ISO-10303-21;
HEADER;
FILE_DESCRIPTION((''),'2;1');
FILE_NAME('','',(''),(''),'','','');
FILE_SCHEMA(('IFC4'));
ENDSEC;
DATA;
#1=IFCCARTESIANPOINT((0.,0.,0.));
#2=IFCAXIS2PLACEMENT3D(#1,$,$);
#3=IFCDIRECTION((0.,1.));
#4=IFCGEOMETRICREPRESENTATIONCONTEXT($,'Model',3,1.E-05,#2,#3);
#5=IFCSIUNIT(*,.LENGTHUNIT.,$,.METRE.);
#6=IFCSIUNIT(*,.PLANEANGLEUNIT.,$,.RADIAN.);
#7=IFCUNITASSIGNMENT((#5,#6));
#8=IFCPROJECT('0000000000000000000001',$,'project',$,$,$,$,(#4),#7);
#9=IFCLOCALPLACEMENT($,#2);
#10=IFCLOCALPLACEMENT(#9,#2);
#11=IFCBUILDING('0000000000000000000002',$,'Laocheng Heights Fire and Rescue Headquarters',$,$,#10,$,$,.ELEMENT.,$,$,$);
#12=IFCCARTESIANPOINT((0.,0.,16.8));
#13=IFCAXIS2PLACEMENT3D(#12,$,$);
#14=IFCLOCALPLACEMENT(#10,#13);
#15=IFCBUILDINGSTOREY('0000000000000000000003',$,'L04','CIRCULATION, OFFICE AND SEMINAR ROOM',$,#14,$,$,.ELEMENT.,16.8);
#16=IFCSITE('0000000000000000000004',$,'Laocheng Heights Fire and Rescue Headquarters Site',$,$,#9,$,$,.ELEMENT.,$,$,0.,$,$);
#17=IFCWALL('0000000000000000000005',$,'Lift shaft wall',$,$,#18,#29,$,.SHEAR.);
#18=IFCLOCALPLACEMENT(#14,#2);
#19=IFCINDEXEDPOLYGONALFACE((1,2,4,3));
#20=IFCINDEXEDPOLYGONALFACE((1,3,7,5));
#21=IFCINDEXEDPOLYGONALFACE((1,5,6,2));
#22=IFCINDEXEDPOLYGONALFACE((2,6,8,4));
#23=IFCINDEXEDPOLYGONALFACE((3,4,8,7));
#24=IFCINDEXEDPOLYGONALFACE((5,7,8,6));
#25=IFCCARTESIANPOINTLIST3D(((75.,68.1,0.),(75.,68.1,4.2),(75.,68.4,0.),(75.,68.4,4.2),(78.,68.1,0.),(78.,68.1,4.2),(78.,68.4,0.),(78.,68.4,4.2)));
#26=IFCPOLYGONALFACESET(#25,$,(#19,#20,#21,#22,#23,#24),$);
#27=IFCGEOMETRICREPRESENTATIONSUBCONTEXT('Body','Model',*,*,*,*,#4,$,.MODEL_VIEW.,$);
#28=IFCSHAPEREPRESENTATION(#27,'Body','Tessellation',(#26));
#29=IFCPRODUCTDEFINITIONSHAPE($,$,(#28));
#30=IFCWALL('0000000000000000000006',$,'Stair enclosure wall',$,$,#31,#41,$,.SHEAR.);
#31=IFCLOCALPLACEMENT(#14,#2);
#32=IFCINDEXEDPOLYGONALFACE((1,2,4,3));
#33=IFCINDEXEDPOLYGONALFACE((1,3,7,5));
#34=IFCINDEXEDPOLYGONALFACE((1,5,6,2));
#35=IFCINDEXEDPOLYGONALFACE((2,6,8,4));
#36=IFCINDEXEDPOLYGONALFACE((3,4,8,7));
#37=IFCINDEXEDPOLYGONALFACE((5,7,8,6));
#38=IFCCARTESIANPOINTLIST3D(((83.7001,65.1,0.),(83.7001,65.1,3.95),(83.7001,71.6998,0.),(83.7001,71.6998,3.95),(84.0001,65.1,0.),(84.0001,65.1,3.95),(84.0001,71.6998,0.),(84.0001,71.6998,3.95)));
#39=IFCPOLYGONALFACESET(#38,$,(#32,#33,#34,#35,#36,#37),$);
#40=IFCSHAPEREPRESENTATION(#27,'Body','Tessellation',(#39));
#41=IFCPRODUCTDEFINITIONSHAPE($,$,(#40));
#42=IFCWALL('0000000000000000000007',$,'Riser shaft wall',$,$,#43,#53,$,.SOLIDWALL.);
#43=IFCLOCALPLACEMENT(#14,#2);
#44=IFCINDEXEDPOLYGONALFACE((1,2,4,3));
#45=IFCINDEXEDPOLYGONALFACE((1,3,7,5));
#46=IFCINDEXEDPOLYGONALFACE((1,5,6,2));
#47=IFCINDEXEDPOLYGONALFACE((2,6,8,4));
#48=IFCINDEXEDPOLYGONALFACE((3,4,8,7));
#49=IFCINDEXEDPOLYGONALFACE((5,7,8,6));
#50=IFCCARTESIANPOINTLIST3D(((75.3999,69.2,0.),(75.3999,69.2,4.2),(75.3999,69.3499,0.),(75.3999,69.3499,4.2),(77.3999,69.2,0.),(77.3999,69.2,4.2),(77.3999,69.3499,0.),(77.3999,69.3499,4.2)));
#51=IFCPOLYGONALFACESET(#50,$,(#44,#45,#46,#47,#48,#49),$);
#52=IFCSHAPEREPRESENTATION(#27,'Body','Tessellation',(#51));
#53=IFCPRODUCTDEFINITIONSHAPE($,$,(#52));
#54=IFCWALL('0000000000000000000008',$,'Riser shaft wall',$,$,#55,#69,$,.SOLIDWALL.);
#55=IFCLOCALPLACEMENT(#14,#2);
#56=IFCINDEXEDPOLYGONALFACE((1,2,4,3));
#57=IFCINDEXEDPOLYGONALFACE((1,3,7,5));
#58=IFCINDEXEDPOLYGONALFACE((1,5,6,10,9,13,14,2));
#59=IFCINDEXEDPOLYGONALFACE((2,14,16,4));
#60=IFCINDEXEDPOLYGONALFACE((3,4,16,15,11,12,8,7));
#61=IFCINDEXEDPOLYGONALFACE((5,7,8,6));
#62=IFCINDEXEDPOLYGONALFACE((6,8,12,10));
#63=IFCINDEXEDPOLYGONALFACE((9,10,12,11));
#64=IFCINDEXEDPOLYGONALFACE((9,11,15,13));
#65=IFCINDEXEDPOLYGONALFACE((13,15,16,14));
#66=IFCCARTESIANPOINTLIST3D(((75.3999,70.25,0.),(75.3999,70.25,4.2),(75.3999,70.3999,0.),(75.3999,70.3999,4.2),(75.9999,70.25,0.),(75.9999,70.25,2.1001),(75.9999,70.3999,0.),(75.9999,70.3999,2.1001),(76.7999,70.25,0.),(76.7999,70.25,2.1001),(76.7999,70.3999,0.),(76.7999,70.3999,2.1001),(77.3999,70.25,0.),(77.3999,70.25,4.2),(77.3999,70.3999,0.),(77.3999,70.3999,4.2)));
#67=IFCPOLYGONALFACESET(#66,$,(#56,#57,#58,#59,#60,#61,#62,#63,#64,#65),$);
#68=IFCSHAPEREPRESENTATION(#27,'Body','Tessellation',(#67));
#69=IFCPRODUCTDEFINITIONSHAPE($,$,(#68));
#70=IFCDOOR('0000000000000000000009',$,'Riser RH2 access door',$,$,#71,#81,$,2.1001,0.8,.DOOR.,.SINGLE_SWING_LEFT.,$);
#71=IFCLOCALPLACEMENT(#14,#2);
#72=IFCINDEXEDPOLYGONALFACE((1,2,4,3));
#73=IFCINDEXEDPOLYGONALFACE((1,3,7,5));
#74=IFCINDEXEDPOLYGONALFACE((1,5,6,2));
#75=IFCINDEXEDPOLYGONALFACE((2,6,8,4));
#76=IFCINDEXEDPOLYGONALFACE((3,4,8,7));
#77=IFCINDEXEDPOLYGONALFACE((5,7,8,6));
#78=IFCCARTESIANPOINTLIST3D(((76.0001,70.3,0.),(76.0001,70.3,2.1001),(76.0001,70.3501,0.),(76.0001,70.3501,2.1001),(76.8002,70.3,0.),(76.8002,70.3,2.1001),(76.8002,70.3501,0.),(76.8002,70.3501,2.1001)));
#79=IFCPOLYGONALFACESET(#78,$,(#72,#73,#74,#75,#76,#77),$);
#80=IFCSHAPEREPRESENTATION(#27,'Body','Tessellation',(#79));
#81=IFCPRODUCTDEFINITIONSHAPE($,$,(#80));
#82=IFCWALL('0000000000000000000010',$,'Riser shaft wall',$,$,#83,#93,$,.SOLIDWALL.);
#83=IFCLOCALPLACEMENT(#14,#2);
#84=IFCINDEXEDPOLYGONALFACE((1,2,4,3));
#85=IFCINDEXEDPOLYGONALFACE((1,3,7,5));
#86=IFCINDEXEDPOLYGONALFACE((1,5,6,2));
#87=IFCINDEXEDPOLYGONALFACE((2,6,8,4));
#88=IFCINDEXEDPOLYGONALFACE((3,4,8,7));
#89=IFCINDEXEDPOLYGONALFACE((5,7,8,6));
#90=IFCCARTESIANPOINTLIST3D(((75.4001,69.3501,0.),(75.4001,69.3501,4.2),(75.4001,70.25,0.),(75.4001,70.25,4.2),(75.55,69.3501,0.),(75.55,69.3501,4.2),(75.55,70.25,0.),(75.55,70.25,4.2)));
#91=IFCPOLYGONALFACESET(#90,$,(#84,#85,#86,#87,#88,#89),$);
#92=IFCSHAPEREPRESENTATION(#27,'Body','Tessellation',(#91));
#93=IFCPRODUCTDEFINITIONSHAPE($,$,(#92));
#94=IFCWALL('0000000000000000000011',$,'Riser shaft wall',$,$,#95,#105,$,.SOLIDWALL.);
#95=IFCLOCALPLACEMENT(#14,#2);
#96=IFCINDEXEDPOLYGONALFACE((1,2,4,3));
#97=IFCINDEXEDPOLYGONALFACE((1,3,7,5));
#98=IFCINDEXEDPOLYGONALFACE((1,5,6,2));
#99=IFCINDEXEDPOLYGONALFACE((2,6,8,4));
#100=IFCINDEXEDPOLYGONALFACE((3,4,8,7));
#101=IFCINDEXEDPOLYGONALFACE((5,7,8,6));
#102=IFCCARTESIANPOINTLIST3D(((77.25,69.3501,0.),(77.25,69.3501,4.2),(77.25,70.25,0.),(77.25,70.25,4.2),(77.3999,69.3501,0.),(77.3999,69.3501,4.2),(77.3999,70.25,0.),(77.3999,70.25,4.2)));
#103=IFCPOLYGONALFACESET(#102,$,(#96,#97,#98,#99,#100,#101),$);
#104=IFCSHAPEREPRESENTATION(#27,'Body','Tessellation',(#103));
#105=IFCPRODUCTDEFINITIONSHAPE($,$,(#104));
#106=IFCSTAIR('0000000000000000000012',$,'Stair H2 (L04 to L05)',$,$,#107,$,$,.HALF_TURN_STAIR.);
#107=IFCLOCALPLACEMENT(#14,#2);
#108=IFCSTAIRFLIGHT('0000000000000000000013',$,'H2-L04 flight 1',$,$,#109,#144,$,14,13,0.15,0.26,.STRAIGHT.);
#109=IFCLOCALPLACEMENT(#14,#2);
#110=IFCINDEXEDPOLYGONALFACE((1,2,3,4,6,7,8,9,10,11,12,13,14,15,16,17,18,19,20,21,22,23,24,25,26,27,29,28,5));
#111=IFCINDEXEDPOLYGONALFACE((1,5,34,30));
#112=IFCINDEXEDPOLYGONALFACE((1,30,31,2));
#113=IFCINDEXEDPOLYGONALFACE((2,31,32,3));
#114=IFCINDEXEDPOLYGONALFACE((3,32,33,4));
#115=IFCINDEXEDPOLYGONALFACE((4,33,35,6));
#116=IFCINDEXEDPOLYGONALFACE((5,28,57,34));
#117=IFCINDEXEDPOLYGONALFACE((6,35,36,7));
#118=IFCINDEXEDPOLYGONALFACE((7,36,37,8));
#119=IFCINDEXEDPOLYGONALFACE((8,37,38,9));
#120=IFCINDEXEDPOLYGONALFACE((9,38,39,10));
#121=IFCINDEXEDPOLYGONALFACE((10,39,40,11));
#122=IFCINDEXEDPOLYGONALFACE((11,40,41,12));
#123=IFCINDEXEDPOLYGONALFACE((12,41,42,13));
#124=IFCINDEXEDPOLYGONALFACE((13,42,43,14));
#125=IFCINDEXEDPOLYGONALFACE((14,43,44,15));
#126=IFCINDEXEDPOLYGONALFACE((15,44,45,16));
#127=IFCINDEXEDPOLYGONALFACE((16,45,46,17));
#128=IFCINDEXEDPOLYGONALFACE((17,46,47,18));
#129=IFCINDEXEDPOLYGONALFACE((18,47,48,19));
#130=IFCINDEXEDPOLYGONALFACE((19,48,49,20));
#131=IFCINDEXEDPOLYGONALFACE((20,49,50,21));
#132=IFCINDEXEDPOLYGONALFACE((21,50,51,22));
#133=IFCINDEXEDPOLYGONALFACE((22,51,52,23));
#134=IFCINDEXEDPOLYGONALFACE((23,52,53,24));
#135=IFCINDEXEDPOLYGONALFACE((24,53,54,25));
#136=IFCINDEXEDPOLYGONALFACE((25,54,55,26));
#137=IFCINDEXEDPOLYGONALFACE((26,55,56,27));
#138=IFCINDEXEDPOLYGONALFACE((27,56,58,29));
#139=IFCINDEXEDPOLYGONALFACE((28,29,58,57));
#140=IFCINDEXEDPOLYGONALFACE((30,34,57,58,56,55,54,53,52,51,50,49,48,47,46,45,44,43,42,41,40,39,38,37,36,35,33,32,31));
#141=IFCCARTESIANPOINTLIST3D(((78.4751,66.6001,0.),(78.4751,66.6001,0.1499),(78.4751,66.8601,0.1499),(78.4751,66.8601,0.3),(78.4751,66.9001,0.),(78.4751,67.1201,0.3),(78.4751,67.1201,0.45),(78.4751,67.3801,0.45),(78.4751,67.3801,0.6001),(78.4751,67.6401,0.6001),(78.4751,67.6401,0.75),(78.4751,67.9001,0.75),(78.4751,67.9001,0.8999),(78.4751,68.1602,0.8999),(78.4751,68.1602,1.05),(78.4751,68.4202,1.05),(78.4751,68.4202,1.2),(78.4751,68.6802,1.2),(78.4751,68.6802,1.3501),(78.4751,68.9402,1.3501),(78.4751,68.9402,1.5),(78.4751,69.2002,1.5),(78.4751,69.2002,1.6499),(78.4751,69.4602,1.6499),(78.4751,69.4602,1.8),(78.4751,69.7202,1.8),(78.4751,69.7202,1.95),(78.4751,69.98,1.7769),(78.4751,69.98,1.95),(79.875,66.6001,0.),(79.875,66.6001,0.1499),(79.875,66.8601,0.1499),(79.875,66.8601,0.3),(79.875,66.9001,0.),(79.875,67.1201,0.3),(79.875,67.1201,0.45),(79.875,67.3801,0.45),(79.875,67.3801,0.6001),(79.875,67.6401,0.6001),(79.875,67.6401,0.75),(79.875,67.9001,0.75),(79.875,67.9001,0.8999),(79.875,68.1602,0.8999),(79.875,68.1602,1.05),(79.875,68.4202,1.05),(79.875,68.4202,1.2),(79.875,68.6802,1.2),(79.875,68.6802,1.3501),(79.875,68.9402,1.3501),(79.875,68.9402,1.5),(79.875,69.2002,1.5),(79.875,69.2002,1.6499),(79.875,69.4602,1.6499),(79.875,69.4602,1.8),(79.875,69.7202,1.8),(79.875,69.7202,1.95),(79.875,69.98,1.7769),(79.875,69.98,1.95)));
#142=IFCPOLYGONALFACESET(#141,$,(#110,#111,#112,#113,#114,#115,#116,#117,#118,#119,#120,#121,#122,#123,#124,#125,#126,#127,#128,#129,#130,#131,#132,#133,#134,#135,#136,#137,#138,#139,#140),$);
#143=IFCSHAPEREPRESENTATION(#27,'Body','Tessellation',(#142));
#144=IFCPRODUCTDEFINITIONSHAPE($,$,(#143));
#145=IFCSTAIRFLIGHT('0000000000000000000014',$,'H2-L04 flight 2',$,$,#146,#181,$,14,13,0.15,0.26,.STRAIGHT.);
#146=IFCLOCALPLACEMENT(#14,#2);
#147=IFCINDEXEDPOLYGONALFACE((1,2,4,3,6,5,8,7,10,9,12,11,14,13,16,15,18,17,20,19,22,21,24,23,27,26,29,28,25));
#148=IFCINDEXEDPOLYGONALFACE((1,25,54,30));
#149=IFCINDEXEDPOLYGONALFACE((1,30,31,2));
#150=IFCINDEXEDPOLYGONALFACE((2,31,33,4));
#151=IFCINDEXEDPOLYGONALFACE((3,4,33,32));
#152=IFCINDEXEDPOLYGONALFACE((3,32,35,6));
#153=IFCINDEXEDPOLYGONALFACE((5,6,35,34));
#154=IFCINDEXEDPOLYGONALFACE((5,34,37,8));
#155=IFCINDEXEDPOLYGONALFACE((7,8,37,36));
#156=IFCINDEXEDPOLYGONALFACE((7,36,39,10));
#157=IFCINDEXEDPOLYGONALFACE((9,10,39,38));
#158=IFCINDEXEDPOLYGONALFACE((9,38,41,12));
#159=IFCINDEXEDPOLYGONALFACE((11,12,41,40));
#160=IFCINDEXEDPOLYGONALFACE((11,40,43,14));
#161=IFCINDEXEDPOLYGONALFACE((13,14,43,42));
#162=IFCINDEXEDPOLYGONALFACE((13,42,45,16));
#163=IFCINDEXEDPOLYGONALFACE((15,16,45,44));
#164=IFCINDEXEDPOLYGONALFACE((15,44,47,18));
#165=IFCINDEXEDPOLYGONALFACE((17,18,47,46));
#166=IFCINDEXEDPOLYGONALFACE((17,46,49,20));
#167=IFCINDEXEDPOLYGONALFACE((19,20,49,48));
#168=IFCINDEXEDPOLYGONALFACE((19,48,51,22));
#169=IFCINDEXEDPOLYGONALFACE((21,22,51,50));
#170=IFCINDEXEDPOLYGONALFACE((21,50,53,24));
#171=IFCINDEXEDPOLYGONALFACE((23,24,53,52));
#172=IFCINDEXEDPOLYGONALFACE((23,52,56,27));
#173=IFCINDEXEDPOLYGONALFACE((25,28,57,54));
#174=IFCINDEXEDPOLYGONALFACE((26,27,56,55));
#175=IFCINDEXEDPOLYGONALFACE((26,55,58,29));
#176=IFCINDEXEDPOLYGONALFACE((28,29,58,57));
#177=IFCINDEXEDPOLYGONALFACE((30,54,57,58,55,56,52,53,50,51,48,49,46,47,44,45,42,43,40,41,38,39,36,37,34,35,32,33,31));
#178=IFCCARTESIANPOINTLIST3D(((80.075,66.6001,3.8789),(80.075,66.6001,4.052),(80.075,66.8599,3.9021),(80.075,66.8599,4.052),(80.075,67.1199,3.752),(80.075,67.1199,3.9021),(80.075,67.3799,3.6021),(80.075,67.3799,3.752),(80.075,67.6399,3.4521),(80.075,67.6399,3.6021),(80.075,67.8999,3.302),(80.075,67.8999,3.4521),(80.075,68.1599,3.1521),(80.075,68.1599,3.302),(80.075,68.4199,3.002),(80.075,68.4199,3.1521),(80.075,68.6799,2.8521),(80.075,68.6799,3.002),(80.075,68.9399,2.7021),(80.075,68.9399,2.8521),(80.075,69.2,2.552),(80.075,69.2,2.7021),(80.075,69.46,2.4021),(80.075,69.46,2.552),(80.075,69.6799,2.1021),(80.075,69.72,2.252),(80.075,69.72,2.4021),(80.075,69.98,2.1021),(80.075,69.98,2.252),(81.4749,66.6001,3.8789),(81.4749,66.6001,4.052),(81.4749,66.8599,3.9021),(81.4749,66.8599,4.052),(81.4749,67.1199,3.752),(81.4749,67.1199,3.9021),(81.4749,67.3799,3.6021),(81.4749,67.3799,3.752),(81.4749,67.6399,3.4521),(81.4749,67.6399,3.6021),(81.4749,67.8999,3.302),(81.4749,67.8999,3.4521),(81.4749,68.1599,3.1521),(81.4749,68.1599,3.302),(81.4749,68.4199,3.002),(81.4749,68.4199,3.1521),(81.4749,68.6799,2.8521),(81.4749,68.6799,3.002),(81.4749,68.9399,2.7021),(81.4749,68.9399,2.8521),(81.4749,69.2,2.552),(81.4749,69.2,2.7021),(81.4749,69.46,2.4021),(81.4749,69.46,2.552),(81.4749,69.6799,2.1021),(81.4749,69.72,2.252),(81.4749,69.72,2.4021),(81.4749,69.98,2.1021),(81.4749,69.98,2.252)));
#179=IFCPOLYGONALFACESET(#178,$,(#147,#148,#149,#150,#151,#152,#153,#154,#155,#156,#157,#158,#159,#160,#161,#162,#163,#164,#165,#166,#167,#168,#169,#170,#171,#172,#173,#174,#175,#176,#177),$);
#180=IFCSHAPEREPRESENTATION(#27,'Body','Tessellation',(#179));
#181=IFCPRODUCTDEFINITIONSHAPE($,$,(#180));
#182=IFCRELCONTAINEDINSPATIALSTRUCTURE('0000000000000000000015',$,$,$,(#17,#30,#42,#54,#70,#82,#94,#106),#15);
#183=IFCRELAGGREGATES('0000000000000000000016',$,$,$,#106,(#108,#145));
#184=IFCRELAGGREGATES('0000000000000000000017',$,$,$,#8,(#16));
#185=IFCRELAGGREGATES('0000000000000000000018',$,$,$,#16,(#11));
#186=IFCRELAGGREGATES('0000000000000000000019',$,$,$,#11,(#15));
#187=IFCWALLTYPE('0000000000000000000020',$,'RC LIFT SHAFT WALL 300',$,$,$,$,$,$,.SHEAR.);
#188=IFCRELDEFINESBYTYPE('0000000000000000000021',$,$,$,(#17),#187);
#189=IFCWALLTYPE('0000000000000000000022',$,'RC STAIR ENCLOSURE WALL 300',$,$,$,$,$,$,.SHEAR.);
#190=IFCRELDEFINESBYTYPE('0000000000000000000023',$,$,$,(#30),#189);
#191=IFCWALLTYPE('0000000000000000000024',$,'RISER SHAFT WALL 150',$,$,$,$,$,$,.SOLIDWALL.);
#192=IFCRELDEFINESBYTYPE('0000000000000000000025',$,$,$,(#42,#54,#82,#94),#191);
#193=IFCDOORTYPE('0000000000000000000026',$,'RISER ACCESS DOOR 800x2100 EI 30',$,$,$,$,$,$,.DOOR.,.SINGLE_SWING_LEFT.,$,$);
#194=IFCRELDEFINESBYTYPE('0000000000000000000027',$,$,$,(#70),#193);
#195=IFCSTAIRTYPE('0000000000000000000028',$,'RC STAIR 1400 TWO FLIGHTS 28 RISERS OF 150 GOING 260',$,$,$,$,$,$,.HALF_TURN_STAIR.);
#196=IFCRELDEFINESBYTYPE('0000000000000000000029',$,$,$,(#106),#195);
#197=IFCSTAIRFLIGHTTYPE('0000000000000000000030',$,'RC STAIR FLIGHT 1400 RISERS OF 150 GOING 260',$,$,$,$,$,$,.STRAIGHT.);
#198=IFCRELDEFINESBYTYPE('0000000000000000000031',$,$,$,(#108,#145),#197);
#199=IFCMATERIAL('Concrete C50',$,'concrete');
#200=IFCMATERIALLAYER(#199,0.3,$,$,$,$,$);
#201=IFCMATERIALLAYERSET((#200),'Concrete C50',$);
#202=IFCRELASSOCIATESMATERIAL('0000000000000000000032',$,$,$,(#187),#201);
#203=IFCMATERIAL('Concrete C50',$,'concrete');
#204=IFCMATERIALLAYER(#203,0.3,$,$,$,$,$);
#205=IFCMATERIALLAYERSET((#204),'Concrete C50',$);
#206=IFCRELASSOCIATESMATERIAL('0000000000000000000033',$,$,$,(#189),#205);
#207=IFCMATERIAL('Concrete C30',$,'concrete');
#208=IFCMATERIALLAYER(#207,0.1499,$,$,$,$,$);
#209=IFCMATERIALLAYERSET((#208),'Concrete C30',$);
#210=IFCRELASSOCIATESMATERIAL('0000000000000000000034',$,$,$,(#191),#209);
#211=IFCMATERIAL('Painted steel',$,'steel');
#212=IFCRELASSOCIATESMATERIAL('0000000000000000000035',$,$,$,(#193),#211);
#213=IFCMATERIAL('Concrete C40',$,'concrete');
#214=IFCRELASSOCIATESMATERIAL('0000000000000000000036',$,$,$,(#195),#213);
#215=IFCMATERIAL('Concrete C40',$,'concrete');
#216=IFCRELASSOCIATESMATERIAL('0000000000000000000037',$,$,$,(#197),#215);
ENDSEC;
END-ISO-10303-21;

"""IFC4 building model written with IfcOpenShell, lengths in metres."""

from ifc_helpers import new_model, si_unit, direction, frame, frame_2d, origin, place, context, subcontext, project, spatial, polyline, rectangle, outline, extrude, material, layer, layer_set, type_object, element, fill, aggregate, save


model = new_model("IFC4")

# Units and contexts
model_context = context("Model", 3, precision=1e-05, world=origin(), true_north=direction((0.0, 1.0)))
body_context = subcontext(model_context, "Body", "Model", "MODEL_VIEW")
ifc_project = project(units=[si_unit("LENGTHUNIT", "METRE"), si_unit("PLANEANGLEUNIT", "RADIAN")], contexts=[model_context])

# Site, building, storey
site_placement = place(None, origin())
site = spatial("IfcSite", under=ifc_project, at=site_placement, Name="Laocheng Heights Fire and Rescue Headquarters Site", CompositionType="ELEMENT", RefElevation=0.0)
building_placement = place(site_placement, origin())
building = spatial("IfcBuilding", under=site, at=building_placement, Name="Laocheng Heights Fire and Rescue Headquarters", CompositionType="ELEMENT")
storey_placement = place(building_placement, frame((0.0, 0.0, 16.8)))
storey = spatial("IfcBuildingStorey", under=building, at=storey_placement, Name="L04", Description="CIRCULATION, OFFICE AND SEMINAR ROOM", CompositionType="ELEMENT", Elevation=16.8)

# Walls
ifc_material_1 = material(Name="Concrete C50", Category="concrete")
ifc_layer_1 = layer(ifc_material_1, 0.3)
ifc_layer_set_1 = layer_set([ifc_layer_1], Name="Concrete C50")
wall_type_1 = type_object("IfcWallType", Name="RC LIFT SHAFT WALL 300", PredefinedType="SHEAR", material=ifc_layer_set_1)
wall_1_placement = place(storey_placement, frame((75.0, 68.25, 0.0), z_axis=(0.0, 0.0, 1.0), x_axis=(1.0, 0.0, 0.0)))
element("IfcWall", 1, at=wall_1_placement, inside=storey, type_object=wall_type_1, Name="Lift shaft wall", PredefinedType="SHEAR", context=body_context, shape_type="SweptSolid", body=[
    extrude(rectangle(XDim=3.0, YDim=0.3, at=frame_2d((1.5, 0.0))), origin(), (0.0, 0.0, 1.0), 4.2),
])
ifc_material_2 = material(Name="Concrete C50", Category="concrete")
ifc_layer_2 = layer(ifc_material_2, 0.3)
ifc_layer_set_2 = layer_set([ifc_layer_2], Name="Concrete C50")
wall_type_2 = type_object("IfcWallType", Name="RC STAIR ENCLOSURE WALL 300", PredefinedType="SHEAR", material=ifc_layer_set_2)
wall_2_placement = place(storey_placement, frame((83.8501, 65.1001, 0.0), z_axis=(0.0, 0.0, 1.0), x_axis=(0.0, 1.0, 0.0)))
element("IfcWall", 2, at=wall_2_placement, inside=storey, type_object=wall_type_2, Name="Stair enclosure wall", PredefinedType="SHEAR", context=body_context, shape_type="SweptSolid", body=[
    extrude(rectangle(XDim=6.5999, YDim=0.3, at=frame_2d((3.2998, 0.0))), origin(), (0.0, 0.0, 1.0), 3.95),
])
ifc_material_3 = material(Name="Concrete C30", Category="concrete")
ifc_layer_3 = layer(ifc_material_3, 0.1499)
ifc_layer_set_3 = layer_set([ifc_layer_3], Name="Concrete C30")
wall_type_3 = type_object("IfcWallType", Name="RISER SHAFT WALL 150", PredefinedType="SOLIDWALL", material=ifc_layer_set_3)
wall_3_placement = place(storey_placement, frame((75.3999, 69.2749, 0.0), z_axis=(0.0, 0.0, 1.0), x_axis=(1.0, 0.0, 0.0)))
element("IfcWall", 3, at=wall_3_placement, inside=storey, type_object=wall_type_3, Name="Riser shaft wall", PredefinedType="SOLIDWALL", context=body_context, shape_type="SweptSolid", body=[
    extrude(rectangle(XDim=2.0, YDim=0.1499, at=frame_2d((1.0, 0.0))), origin(), (0.0, 0.0, 1.0), 4.2),
])

# Wall, opening, door
wall_4_placement = place(storey_placement, frame((75.3999, 70.325, 0.0), z_axis=(0.0, 0.0, 1.0), x_axis=(1.0, 0.0, 0.0)))
wall_4 = element("IfcWall", 4, at=wall_4_placement, inside=storey, type_object=wall_type_3, Name="Riser shaft wall", PredefinedType="SOLIDWALL", context=body_context, shape_type="SweptSolid", body=[
    extrude(rectangle(XDim=2.0, YDim=0.1499, at=frame_2d((1.0, 0.0))), origin(), (0.0, 0.0, 1.0), 4.2),
])
opening_placement = place(wall_4_placement, frame((0.6001, 0.0, 0.0)))
opening = element("IfcOpeningElement", 5, at=opening_placement, cuts=wall_4, PredefinedType="OPENING", context=body_context, shape_type="SweptSolid", body=[
    extrude(rectangle(XDim=0.8, YDim=2.1001, at=frame_2d((0.3999, 1.05))), frame((0.0, 0.085, 0.0), z_axis=(0.0, -1.0, 0.0), x_axis=(1.0, 0.0, 0.0)), (0.0, 0.0, 1.0), 0.1699),
])
ifc_material_4 = material(Name="Painted steel", Category="steel")
door_type = type_object("IfcDoorType", Name="RISER ACCESS DOOR 800x2100 EI 30", OperationType="SINGLE_SWING_LEFT", PredefinedType="DOOR", material=ifc_material_4)
door_placement = place(opening_placement, frame((0.8, 0.0, 0.0), z_axis=(0.0, 0.0, 1.0), x_axis=(-1.0, 0.0, 0.0)))
door = element("IfcDoor", 6, at=door_placement, inside=storey, type_object=door_type, Name="Riser RH2 access door", OperationType="SINGLE_SWING_LEFT", OverallHeight=2.1001, OverallWidth=0.8, PredefinedType="DOOR", context=body_context, shape_type="SweptSolid", body=[
    extrude(rectangle(XDim=0.8, YDim=2.1001, at=frame_2d((0.3999, 1.05))), frame((0.0, 0.0249, 0.0), z_axis=(0.0, -1.0, 0.0), x_axis=(1.0, 0.0, 0.0)), (0.0, 0.0, 1.0), 0.05),
])
fill(opening, door)

# Walls
for number, where, z_axis, x_axis, name in (
    (7, (75.4751, 69.3501, 0.0), (0.0, 0.0, 1.0), (0.0, 1.0, 0.0), "Riser shaft wall"),
    (8, (77.325, 69.3501, 0.0), (0.0, 0.0, 1.0), (0.0, 1.0, 0.0), "Riser shaft wall"),
):
    element("IfcWall", number, at=place(storey_placement, frame(where, z_axis=z_axis, x_axis=x_axis)), inside=storey, type_object=wall_type_3, Name=name, PredefinedType="SOLIDWALL", context=body_context, shape_type="SweptSolid", body=[
        extrude(rectangle(XDim=0.8999, YDim=0.1499, at=frame_2d((0.45, 0.0))), origin(), (0.0, 0.0, 1.0), 4.2),
    ])

# Stair, stair flights
ifc_material_5 = material(Name="Concrete C40", Category="concrete")
stair_type = type_object("IfcStairType", Name="RC STAIR 1400 TWO FLIGHTS 28 RISERS OF 150 GOING 260", PredefinedType="HALF_TURN_STAIR", material=ifc_material_5)
stair_placement = place(storey_placement, origin())
stair = element("IfcStair", 9, at=stair_placement, inside=storey, type_object=stair_type, Name="Stair H2 (L04 to L05)", PredefinedType="HALF_TURN_STAIR")
ifc_material_6 = material(Name="Concrete C40", Category="concrete")
stair_flight_type = type_object("IfcStairFlightType", Name="RC STAIR FLIGHT 1400 RISERS OF 150 GOING 260", PredefinedType="STRAIGHT", material=ifc_material_6)
stair_flight_1_placement = place(storey_placement, frame((79.175, 66.6001, 0.0), z_axis=(0.0, 0.0, 1.0), x_axis=(0.0, 1.0, 0.0)))
stair_flight_1 = element("IfcStairFlight", 10, at=stair_flight_1_placement, type_object=stair_flight_type, Name="H2-L04 flight 1", NumberOfRisers=14, NumberOfTreads=13, PredefinedType="STRAIGHT", RiserHeight=0.15, TreadLength=0.26, context=body_context, shape_type="SweptSolid", body=[
    extrude(outline(polyline([(0.0, 0.0), (0.0, 0.1499), (0.26, 0.1499), (0.26, 0.3), (0.52, 0.3), (0.52, 0.45), (0.78, 0.45), (0.78, 0.6001), (1.04, 0.6001), (1.04, 0.75), (1.3, 0.75), (1.3, 0.8999), (1.5601, 0.8999), (1.5601, 1.05), (1.8201, 1.05), (1.8201, 1.2), (2.0801, 1.2), (2.0801, 1.3501), (2.3401, 1.3501), (2.3401, 1.5), (2.6001, 1.5), (2.6001, 1.6499), (2.8601, 1.6499), (2.8601, 1.8), (3.1201, 1.8), (3.1201, 1.95), (3.3799, 1.95), (3.3799, 2.1001), (3.3799, 1.7769), (0.3, 0.0), (0.0, 0.0)])), frame((0.0, 0.7, 0.0), z_axis=(0.0, -1.0, 0.0), x_axis=(1.0, 0.0, 0.0)), (0.0, 0.0, 1.0), 1.3999),
])
stair_flight_2_placement = place(storey_placement, frame((80.7749, 69.98, 2.1021), z_axis=(0.0, 0.0, 1.0), x_axis=(0.0, -1.0, 0.0)))
stair_flight_2 = element("IfcStairFlight", 11, at=stair_flight_2_placement, type_object=stair_flight_type, Name="H2-L04 flight 2", NumberOfRisers=14, NumberOfTreads=13, PredefinedType="STRAIGHT", RiserHeight=0.15, TreadLength=0.26, context=body_context, shape_type="SweptSolid", body=[
    extrude(outline(polyline([(0.0, 0.0), (0.0, 0.1499), (0.26, 0.1499), (0.26, 0.3), (0.52, 0.3), (0.52, 0.45), (0.78, 0.45), (0.78, 0.6001), (1.04, 0.6001), (1.04, 0.75), (1.3, 0.75), (1.3, 0.8999), (1.5601, 0.8999), (1.5601, 1.05), (1.8201, 1.05), (1.8201, 1.2), (2.0801, 1.2), (2.0801, 1.3501), (2.3401, 1.3501), (2.3401, 1.5), (2.6001, 1.5), (2.6001, 1.6499), (2.8601, 1.6499), (2.8601, 1.8), (3.1201, 1.8), (3.1201, 1.95), (3.3799, 1.95), (3.3799, 2.1001), (3.3799, 1.7769), (0.3, 0.0), (0.0, 0.0)])), frame((0.0, 0.7, 0.0), z_axis=(0.0, -1.0, 0.0), x_axis=(1.0, 0.0, 0.0)), (0.0, 0.0, 1.0), 1.3999),
])
aggregate(stair, [stair_flight_1, stair_flight_2])

save(model, "model.ifc")
